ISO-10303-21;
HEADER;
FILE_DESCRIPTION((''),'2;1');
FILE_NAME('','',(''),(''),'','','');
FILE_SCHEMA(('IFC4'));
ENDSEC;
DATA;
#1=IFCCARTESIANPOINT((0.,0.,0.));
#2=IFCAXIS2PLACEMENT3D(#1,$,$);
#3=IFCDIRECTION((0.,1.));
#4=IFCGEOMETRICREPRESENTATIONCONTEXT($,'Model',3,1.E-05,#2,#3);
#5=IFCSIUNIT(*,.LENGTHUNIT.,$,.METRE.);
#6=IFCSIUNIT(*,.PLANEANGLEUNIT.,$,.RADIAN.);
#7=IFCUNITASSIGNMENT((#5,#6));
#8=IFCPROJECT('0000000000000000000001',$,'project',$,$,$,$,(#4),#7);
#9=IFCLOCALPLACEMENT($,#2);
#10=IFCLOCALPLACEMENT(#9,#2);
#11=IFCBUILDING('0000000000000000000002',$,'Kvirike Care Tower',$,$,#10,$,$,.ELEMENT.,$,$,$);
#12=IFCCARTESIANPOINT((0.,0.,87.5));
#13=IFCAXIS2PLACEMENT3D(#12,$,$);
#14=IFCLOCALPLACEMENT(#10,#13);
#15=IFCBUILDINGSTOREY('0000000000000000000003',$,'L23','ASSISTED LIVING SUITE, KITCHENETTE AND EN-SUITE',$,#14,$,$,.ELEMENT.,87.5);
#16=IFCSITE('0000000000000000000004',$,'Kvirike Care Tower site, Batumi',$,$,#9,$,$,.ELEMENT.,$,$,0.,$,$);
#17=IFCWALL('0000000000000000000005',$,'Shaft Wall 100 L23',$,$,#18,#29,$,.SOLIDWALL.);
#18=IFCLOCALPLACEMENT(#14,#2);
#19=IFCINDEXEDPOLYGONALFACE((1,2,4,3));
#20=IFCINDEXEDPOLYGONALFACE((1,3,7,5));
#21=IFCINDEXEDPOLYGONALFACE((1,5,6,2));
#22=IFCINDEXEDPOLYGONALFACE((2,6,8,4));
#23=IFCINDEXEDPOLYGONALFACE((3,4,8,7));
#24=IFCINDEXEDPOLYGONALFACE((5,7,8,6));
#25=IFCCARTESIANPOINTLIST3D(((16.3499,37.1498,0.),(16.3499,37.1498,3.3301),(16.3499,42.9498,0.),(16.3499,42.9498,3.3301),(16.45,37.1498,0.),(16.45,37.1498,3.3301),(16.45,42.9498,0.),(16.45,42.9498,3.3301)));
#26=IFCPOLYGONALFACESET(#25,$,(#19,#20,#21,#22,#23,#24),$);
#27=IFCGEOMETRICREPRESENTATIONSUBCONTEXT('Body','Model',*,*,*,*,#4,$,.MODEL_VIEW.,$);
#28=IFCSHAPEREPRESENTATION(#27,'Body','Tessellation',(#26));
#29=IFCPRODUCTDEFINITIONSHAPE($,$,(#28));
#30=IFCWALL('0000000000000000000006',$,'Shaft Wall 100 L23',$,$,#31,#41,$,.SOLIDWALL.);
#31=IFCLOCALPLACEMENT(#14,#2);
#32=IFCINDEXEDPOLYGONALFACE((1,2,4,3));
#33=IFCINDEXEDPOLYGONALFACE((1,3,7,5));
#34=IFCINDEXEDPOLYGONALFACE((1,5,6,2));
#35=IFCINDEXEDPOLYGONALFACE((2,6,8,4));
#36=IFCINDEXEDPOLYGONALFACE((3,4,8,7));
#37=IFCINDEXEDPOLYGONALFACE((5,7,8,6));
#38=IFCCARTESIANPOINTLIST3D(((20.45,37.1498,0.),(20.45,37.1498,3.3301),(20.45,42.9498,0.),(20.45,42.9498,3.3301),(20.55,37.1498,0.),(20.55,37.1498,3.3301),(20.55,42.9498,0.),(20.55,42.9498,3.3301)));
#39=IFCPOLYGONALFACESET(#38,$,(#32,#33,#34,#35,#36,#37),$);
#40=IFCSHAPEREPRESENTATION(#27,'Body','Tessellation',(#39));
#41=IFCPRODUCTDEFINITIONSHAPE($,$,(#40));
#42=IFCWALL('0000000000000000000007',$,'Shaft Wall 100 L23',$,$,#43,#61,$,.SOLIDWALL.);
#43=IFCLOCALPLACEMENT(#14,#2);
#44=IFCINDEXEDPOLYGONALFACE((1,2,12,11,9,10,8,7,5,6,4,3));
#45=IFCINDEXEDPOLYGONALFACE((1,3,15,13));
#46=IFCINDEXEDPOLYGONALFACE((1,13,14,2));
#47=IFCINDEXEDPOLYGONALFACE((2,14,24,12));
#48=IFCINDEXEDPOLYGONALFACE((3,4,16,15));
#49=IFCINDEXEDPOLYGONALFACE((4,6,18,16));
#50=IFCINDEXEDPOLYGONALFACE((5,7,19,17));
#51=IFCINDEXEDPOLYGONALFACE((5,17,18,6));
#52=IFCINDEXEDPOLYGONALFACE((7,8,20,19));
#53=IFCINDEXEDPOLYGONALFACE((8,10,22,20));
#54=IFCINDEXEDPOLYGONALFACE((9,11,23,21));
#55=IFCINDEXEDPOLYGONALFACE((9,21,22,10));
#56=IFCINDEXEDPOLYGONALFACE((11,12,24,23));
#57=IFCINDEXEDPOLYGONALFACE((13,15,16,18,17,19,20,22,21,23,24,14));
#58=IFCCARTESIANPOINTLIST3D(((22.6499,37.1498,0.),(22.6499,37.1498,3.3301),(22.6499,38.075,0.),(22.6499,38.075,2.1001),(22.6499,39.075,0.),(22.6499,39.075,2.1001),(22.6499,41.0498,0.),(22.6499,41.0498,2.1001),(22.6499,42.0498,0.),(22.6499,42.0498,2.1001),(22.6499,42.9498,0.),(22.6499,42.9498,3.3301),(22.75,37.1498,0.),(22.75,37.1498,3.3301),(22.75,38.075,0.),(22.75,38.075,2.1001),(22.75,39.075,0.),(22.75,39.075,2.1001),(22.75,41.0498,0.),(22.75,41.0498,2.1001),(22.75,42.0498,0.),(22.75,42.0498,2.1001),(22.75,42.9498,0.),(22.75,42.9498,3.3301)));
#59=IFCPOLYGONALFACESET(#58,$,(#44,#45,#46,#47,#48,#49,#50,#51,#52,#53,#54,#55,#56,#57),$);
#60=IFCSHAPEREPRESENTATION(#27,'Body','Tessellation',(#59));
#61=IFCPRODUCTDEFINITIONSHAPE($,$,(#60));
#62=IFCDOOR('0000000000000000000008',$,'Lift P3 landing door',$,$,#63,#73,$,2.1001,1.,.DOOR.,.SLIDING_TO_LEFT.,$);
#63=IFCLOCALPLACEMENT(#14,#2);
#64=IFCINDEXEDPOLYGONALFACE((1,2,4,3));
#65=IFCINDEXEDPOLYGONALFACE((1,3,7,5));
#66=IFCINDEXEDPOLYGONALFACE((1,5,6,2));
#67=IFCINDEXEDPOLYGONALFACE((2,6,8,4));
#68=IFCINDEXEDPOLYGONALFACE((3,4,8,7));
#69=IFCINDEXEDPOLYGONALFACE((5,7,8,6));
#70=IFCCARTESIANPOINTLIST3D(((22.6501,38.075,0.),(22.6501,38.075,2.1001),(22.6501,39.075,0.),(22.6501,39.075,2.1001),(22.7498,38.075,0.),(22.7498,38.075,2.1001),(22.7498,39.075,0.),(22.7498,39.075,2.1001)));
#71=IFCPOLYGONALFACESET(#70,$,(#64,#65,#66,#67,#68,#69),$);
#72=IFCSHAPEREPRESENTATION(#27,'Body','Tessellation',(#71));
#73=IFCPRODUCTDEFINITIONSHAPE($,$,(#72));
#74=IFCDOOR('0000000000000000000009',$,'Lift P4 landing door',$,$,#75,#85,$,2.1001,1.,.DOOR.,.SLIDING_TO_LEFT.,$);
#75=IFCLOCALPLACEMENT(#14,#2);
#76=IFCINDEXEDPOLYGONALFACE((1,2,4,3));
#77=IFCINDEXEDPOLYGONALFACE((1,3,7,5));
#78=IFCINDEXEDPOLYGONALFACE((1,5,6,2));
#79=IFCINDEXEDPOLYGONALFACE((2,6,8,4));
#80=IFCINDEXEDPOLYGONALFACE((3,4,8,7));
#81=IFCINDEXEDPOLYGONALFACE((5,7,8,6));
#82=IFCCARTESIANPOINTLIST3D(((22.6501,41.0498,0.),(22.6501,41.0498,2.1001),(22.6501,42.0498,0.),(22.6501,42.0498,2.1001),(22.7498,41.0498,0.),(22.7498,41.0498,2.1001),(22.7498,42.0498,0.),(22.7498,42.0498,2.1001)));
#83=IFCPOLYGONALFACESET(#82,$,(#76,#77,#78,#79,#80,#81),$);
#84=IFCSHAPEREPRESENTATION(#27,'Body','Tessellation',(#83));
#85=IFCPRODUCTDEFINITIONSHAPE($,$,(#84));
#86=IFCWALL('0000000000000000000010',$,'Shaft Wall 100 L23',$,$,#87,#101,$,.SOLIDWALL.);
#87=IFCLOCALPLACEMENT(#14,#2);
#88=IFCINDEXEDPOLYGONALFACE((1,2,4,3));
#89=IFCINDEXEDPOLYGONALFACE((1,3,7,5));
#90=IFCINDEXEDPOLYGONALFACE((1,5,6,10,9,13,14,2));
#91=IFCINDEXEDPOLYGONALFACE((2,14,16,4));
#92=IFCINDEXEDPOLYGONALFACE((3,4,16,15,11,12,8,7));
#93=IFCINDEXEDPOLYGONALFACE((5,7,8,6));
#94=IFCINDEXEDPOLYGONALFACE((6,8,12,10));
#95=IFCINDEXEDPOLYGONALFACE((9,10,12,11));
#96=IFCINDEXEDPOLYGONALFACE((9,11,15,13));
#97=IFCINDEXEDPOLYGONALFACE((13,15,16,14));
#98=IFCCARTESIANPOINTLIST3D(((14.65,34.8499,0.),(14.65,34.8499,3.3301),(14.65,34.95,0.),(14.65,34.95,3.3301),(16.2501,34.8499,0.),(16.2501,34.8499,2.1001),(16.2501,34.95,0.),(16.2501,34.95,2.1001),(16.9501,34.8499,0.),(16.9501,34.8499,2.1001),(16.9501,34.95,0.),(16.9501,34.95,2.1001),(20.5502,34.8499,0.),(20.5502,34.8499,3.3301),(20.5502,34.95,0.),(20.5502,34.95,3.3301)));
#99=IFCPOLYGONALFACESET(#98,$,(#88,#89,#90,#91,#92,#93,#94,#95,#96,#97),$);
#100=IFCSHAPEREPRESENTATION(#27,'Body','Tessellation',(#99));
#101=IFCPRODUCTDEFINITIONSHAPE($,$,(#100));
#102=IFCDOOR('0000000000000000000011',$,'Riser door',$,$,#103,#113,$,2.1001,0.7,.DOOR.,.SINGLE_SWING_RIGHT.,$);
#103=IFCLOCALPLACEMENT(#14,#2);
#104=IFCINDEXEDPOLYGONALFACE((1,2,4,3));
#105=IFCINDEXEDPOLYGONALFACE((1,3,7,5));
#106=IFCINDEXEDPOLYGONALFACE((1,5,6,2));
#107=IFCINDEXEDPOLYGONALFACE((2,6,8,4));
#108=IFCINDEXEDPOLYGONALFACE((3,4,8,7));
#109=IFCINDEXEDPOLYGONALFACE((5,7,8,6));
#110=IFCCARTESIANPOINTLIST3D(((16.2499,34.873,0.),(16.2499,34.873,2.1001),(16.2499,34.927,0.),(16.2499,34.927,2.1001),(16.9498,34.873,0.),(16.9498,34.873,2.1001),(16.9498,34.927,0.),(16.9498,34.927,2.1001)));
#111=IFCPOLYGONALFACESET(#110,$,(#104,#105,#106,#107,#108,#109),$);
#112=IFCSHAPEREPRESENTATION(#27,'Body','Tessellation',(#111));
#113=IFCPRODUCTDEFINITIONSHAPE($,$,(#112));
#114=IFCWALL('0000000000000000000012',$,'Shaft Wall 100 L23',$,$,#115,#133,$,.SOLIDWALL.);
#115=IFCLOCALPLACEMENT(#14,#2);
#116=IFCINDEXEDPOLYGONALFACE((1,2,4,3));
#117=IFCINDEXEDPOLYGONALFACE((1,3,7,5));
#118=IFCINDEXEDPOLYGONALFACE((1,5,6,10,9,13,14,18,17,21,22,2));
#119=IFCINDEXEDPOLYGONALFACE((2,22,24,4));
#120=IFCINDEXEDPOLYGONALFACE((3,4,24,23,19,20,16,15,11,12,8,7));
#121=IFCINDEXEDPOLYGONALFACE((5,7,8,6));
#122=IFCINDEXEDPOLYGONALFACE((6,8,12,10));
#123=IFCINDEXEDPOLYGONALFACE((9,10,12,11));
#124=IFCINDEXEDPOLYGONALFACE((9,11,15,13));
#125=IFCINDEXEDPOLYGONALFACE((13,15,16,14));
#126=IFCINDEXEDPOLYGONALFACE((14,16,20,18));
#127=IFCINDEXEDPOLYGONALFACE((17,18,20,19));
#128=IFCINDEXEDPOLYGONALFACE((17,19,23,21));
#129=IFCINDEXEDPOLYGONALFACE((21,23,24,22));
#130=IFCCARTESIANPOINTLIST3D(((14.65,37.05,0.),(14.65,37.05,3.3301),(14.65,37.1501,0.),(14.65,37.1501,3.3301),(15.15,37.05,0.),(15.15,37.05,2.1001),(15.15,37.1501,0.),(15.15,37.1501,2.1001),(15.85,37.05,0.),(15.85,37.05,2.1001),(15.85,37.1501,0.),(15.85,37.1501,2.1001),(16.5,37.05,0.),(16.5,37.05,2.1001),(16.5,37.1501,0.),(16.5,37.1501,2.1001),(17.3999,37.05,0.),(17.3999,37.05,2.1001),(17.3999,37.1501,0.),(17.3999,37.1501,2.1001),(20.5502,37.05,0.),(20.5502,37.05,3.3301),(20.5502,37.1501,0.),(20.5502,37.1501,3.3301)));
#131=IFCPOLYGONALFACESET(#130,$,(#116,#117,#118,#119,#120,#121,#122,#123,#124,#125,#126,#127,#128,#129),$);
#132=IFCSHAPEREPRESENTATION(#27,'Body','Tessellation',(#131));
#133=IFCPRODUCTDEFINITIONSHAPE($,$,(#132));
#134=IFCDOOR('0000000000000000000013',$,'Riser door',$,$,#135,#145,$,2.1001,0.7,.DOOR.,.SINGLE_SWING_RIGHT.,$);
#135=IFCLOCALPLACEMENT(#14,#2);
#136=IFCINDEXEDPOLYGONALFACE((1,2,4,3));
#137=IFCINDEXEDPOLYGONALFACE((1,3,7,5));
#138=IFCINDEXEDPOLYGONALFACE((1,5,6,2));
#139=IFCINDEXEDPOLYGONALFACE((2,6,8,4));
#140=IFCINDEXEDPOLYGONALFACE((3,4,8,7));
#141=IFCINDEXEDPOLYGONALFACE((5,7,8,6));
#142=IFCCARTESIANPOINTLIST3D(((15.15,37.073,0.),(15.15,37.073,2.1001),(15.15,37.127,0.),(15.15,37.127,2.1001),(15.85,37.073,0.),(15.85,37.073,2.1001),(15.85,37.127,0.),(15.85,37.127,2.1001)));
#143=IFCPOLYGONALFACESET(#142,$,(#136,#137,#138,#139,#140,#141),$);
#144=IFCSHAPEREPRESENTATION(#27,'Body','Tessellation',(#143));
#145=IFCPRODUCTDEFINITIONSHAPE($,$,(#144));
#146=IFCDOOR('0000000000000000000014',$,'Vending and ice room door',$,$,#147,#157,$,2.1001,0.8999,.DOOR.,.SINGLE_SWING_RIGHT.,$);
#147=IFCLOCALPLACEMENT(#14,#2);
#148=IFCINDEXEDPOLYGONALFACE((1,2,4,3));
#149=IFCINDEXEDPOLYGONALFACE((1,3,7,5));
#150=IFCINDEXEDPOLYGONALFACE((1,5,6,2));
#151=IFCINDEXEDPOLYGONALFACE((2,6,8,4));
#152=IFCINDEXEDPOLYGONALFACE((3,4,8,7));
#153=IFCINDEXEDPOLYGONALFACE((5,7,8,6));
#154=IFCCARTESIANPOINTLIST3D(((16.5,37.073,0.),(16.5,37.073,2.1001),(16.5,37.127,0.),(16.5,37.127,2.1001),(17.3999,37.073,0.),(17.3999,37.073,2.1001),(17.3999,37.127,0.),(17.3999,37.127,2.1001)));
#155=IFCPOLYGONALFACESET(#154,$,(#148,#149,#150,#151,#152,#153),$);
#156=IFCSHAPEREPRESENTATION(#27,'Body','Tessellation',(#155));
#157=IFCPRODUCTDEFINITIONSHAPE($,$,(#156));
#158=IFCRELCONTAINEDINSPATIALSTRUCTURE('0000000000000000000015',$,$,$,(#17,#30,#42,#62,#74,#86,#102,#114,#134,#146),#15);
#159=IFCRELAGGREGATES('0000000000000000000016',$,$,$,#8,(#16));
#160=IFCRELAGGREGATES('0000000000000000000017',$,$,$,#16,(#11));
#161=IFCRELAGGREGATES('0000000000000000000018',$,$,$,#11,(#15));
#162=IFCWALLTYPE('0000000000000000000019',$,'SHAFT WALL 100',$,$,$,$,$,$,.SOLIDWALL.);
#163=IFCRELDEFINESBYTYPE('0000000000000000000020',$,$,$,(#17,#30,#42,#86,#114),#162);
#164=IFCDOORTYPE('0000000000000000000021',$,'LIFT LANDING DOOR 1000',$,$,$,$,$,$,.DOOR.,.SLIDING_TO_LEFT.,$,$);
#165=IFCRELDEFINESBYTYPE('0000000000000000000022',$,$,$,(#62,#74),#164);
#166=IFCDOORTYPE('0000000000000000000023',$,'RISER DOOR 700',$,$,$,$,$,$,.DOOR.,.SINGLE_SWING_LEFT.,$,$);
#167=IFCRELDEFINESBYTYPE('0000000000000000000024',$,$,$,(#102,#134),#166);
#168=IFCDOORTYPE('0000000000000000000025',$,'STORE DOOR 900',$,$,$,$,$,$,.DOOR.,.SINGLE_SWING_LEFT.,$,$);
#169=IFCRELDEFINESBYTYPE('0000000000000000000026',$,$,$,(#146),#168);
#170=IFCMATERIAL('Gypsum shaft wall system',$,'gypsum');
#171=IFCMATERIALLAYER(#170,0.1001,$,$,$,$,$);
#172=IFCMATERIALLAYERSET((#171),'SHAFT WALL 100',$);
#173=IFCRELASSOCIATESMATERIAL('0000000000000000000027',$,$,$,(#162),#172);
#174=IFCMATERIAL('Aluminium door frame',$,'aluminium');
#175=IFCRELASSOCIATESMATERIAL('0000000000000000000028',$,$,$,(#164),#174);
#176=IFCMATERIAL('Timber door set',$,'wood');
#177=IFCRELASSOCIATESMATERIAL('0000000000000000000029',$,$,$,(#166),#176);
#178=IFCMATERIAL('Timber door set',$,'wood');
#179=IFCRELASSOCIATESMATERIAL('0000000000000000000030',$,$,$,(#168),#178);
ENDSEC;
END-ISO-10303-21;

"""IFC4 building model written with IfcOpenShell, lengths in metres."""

from ifc_helpers import new_model, si_unit, direction, frame, frame_2d, origin, place, context, subcontext, project, spatial, rectangle, extrude, material, layer, layer_set, type_object, element, fill, save


model = new_model("IFC4")

# Units and contexts
model_context = context("Model", 3, precision=1e-05, world=origin(), true_north=direction((0.0, 1.0)))
body_context = subcontext(model_context, "Body", "Model", "MODEL_VIEW")
ifc_project = project(units=[si_unit("LENGTHUNIT", "METRE"), si_unit("PLANEANGLEUNIT", "RADIAN")], contexts=[model_context])

# Site, building, storey
site_placement = place(None, origin())
site = spatial("IfcSite", under=ifc_project, at=site_placement, Name="Kvirike Care Tower site, Batumi", CompositionType="ELEMENT", RefElevation=0.0)
building_placement = place(site_placement, origin())
building = spatial("IfcBuilding", under=site, at=building_placement, Name="Kvirike Care Tower", CompositionType="ELEMENT")
storey_placement = place(building_placement, frame((0.0, 0.0, 87.5)))
storey = spatial("IfcBuildingStorey", under=building, at=storey_placement, Name="L23", Description="ASSISTED LIVING SUITE, KITCHENETTE AND EN-SUITE", CompositionType="ELEMENT", Elevation=87.5)

# Walls
ifc_material_1 = material(Name="Gypsum shaft wall system", Category="gypsum")
ifc_layer = layer(ifc_material_1, 0.1001)
ifc_layer_set = layer_set([ifc_layer], Name="SHAFT WALL 100")
wall_type = type_object("IfcWallType", Name="SHAFT WALL 100", PredefinedType="SOLIDWALL", material=ifc_layer_set)
for number, where, z_axis, x_axis, name in (
    (1, (16.3999, 37.1499, 0.0), (0.0, 0.0, 1.0), (0.0, 1.0, 0.0), "Shaft Wall 100 L23"),
    (2, (20.5, 37.1499, 0.0), (0.0, 0.0, 1.0), (0.0, 1.0, 0.0), "Shaft Wall 100 L23"),
):
    element("IfcWall", number, at=place(storey_placement, frame(where, z_axis=z_axis, x_axis=x_axis)), inside=storey, type_object=wall_type, Name=name, PredefinedType="SOLIDWALL", context=body_context, shape_type="SweptSolid", body=[
        extrude(rectangle(XDim=5.8, YDim=0.1001, at=frame_2d((2.8999, 0.0))), origin(), (0.0, 0.0, 1.0), 3.3301),
    ])

# Wall, openings, doors
wall_1_placement = place(storey_placement, frame((22.7, 37.1499, 0.0), z_axis=(0.0, 0.0, 1.0), x_axis=(0.0, 1.0, 0.0)))
wall_1 = element("IfcWall", 3, at=wall_1_placement, inside=storey, type_object=wall_type, Name="Shaft Wall 100 L23", PredefinedType="SOLIDWALL", context=body_context, shape_type="SweptSolid", body=[
    extrude(rectangle(XDim=5.8, YDim=0.1001, at=frame_2d((2.8999, 0.0))), origin(), (0.0, 0.0, 1.0), 3.3301),
])
opening_1_placement = place(wall_1_placement, frame((0.925, 0.0, 0.0)))
opening_1 = element("IfcOpeningElement", 4, at=opening_1_placement, cuts=wall_1, PredefinedType="OPENING", context=body_context, shape_type="SweptSolid", body=[
    extrude(rectangle(XDim=1.0, YDim=2.1001, at=frame_2d((0.5, 1.05))), frame((0.0, 0.0605, 0.0), z_axis=(0.0, -1.0, 0.0), x_axis=(1.0, 0.0, 0.0)), (0.0, 0.0, 1.0), 0.1211),
])
opening_2_placement = place(wall_1_placement, frame((3.8999, 0.0, 0.0)))
opening_2 = element("IfcOpeningElement", 5, at=opening_2_placement, cuts=wall_1, PredefinedType="OPENING", context=body_context, shape_type="SweptSolid", body=[
    extrude(rectangle(XDim=1.0, YDim=2.1001, at=frame_2d((0.5, 1.05))), frame((0.0, 0.0605, 0.0), z_axis=(0.0, -1.0, 0.0), x_axis=(1.0, 0.0, 0.0)), (0.0, 0.0, 1.0), 0.1211),
])
ifc_material_2 = material(Name="Aluminium door frame", Category="aluminium")
door_type_1 = type_object("IfcDoorType", Name="LIFT LANDING DOOR 1000", OperationType="SLIDING_TO_LEFT", PredefinedType="DOOR", material=ifc_material_2)
door_1_placement = place(opening_1_placement, origin())
door_1 = element("IfcDoor", 6, at=door_1_placement, inside=storey, type_object=door_type_1, Name="Lift P3 landing door", OperationType="SLIDING_TO_LEFT", OverallHeight=2.1001, OverallWidth=1.0, PredefinedType="DOOR", context=body_context, shape_type="SweptSolid", body=[
    extrude(rectangle(XDim=1.0, YDim=2.1001, at=frame_2d((0.5, 1.05))), frame((0.0, 0.0498, 0.0), z_axis=(0.0, -1.0, 0.0), x_axis=(1.0, 0.0, 0.0)), (0.0, 0.0, 1.0), 0.0996),
])
fill(opening_1, door_1)
door_2_placement = place(opening_2_placement, origin())
door_2 = element("IfcDoor", 7, at=door_2_placement, inside=storey, type_object=door_type_1, Name="Lift P4 landing door", OperationType="SLIDING_TO_LEFT", OverallHeight=2.1001, OverallWidth=1.0, PredefinedType="DOOR", context=body_context, shape_type="SweptSolid", body=[
    extrude(rectangle(XDim=1.0, YDim=2.1001, at=frame_2d((0.5, 1.05))), frame((0.0, 0.0498, 0.0), z_axis=(0.0, -1.0, 0.0), x_axis=(1.0, 0.0, 0.0)), (0.0, 0.0, 1.0), 0.0996),
])
fill(opening_2, door_2)

# Wall, opening, door
wall_2_placement = place(storey_placement, frame((14.6499, 34.8999, 0.0), z_axis=(0.0, 0.0, 1.0), x_axis=(1.0, 0.0, 0.0)))
wall_2 = element("IfcWall", 8, at=wall_2_placement, inside=storey, type_object=wall_type, Name="Shaft Wall 100 L23", PredefinedType="SOLIDWALL", context=body_context, shape_type="SweptSolid", body=[
    extrude(rectangle(XDim=5.9001, YDim=0.1001, at=frame_2d((2.9502, 0.0))), origin(), (0.0, 0.0, 1.0), 3.3301),
])
opening_3_placement = place(wall_2_placement, frame((1.6001, 0.0, 0.0)))
opening_3 = element("IfcOpeningElement", 9, at=opening_3_placement, cuts=wall_2, PredefinedType="OPENING", context=body_context, shape_type="SweptSolid", body=[
    extrude(rectangle(XDim=0.7, YDim=2.1001, at=frame_2d((0.3501, 1.05))), frame((0.0, 0.0605, 0.0), z_axis=(0.0, -1.0, 0.0), x_axis=(1.0, 0.0, 0.0)), (0.0, 0.0, 1.0), 0.1211),
])
ifc_material_3 = material(Name="Timber door set", Category="wood")
door_type_2 = type_object("IfcDoorType", Name="RISER DOOR 700", OperationType="SINGLE_SWING_LEFT", PredefinedType="DOOR", material=ifc_material_3)
door_3_placement = place(opening_3_placement, frame((0.7, 0.0, 0.0), z_axis=(0.0, 0.0, 1.0), x_axis=(-1.0, 0.0, 0.0)))
door_3 = element("IfcDoor", 10, at=door_3_placement, inside=storey, type_object=door_type_2, Name="Riser door", OperationType="SINGLE_SWING_RIGHT", OverallHeight=2.1001, OverallWidth=0.7, PredefinedType="DOOR", context=body_context, shape_type="SweptSolid", body=[
    extrude(rectangle(XDim=0.7, YDim=2.1001, at=frame_2d((0.3501, 1.05))), frame((0.0, 0.0269, 0.0), z_axis=(0.0, -1.0, 0.0), x_axis=(1.0, 0.0, 0.0)), (0.0, 0.0, 1.0), 0.054),
])
fill(opening_3, door_3)

# Wall, openings, doors
wall_3_placement = place(storey_placement, frame((14.6499, 37.1001, 0.0), z_axis=(0.0, 0.0, 1.0), x_axis=(1.0, 0.0, 0.0)))
wall_3 = element("IfcWall", 11, at=wall_3_placement, inside=storey, type_object=wall_type, Name="Shaft Wall 100 L23", PredefinedType="SOLIDWALL", context=body_context, shape_type="SweptSolid", body=[
    extrude(rectangle(XDim=5.9001, YDim=0.1001, at=frame_2d((2.9502, 0.0))), origin(), (0.0, 0.0, 1.0), 3.3301),
])
opening_4_placement = place(wall_3_placement, frame((0.5, 0.0, 0.0)))
opening_4 = element("IfcOpeningElement", 12, at=opening_4_placement, cuts=wall_3, PredefinedType="OPENING", context=body_context, shape_type="SweptSolid", body=[
    extrude(rectangle(XDim=0.7, YDim=2.1001, at=frame_2d((0.3501, 1.05))), frame((0.0, 0.0605, 0.0), z_axis=(0.0, -1.0, 0.0), x_axis=(1.0, 0.0, 0.0)), (0.0, 0.0, 1.0), 0.1211),
])
opening_5_placement = place(wall_3_placement, frame((1.8501, 0.0, 0.0)))
opening_5 = element("IfcOpeningElement", 13, at=opening_5_placement, cuts=wall_3, PredefinedType="OPENING", context=body_context, shape_type="SweptSolid", body=[
    extrude(rectangle(XDim=0.8999, YDim=2.1001, at=frame_2d((0.45, 1.05))), frame((0.0, 0.0605, 0.0), z_axis=(0.0, -1.0, 0.0), x_axis=(1.0, 0.0, 0.0)), (0.0, 0.0, 1.0), 0.1211),
])
door_4_placement = place(opening_4_placement, origin())
door_4 = element("IfcDoor", 14, at=door_4_placement, inside=storey, type_object=door_type_2, Name="Riser door", OperationType="SINGLE_SWING_RIGHT", OverallHeight=2.1001, OverallWidth=0.7, PredefinedType="DOOR", context=body_context, shape_type="SweptSolid", body=[
    extrude(rectangle(XDim=0.7, YDim=2.1001, at=frame_2d((0.3501, 1.05))), frame((0.0, 0.0269, 0.0), z_axis=(0.0, -1.0, 0.0), x_axis=(1.0, 0.0, 0.0)), (0.0, 0.0, 1.0), 0.054),
])
fill(opening_4, door_4)
ifc_material_4 = material(Name="Timber door set", Category="wood")
door_type_3 = type_object("IfcDoorType", Name="STORE DOOR 900", OperationType="SINGLE_SWING_LEFT", PredefinedType="DOOR", material=ifc_material_4)
door_5_placement = place(opening_5_placement, origin())
door_5 = element("IfcDoor", 15, at=door_5_placement, inside=storey, type_object=door_type_3, Name="Vending and ice room door", OperationType="SINGLE_SWING_RIGHT", OverallHeight=2.1001, OverallWidth=0.8999, PredefinedType="DOOR", context=body_context, shape_type="SweptSolid", body=[
    extrude(rectangle(XDim=0.8999, YDim=2.1001, at=frame_2d((0.45, 1.05))), frame((0.0, 0.0269, 0.0), z_axis=(0.0, -1.0, 0.0), x_axis=(1.0, 0.0, 0.0)), (0.0, 0.0, 1.0), 0.054),
])
fill(opening_5, door_5)

save(model, "model.ifc")
